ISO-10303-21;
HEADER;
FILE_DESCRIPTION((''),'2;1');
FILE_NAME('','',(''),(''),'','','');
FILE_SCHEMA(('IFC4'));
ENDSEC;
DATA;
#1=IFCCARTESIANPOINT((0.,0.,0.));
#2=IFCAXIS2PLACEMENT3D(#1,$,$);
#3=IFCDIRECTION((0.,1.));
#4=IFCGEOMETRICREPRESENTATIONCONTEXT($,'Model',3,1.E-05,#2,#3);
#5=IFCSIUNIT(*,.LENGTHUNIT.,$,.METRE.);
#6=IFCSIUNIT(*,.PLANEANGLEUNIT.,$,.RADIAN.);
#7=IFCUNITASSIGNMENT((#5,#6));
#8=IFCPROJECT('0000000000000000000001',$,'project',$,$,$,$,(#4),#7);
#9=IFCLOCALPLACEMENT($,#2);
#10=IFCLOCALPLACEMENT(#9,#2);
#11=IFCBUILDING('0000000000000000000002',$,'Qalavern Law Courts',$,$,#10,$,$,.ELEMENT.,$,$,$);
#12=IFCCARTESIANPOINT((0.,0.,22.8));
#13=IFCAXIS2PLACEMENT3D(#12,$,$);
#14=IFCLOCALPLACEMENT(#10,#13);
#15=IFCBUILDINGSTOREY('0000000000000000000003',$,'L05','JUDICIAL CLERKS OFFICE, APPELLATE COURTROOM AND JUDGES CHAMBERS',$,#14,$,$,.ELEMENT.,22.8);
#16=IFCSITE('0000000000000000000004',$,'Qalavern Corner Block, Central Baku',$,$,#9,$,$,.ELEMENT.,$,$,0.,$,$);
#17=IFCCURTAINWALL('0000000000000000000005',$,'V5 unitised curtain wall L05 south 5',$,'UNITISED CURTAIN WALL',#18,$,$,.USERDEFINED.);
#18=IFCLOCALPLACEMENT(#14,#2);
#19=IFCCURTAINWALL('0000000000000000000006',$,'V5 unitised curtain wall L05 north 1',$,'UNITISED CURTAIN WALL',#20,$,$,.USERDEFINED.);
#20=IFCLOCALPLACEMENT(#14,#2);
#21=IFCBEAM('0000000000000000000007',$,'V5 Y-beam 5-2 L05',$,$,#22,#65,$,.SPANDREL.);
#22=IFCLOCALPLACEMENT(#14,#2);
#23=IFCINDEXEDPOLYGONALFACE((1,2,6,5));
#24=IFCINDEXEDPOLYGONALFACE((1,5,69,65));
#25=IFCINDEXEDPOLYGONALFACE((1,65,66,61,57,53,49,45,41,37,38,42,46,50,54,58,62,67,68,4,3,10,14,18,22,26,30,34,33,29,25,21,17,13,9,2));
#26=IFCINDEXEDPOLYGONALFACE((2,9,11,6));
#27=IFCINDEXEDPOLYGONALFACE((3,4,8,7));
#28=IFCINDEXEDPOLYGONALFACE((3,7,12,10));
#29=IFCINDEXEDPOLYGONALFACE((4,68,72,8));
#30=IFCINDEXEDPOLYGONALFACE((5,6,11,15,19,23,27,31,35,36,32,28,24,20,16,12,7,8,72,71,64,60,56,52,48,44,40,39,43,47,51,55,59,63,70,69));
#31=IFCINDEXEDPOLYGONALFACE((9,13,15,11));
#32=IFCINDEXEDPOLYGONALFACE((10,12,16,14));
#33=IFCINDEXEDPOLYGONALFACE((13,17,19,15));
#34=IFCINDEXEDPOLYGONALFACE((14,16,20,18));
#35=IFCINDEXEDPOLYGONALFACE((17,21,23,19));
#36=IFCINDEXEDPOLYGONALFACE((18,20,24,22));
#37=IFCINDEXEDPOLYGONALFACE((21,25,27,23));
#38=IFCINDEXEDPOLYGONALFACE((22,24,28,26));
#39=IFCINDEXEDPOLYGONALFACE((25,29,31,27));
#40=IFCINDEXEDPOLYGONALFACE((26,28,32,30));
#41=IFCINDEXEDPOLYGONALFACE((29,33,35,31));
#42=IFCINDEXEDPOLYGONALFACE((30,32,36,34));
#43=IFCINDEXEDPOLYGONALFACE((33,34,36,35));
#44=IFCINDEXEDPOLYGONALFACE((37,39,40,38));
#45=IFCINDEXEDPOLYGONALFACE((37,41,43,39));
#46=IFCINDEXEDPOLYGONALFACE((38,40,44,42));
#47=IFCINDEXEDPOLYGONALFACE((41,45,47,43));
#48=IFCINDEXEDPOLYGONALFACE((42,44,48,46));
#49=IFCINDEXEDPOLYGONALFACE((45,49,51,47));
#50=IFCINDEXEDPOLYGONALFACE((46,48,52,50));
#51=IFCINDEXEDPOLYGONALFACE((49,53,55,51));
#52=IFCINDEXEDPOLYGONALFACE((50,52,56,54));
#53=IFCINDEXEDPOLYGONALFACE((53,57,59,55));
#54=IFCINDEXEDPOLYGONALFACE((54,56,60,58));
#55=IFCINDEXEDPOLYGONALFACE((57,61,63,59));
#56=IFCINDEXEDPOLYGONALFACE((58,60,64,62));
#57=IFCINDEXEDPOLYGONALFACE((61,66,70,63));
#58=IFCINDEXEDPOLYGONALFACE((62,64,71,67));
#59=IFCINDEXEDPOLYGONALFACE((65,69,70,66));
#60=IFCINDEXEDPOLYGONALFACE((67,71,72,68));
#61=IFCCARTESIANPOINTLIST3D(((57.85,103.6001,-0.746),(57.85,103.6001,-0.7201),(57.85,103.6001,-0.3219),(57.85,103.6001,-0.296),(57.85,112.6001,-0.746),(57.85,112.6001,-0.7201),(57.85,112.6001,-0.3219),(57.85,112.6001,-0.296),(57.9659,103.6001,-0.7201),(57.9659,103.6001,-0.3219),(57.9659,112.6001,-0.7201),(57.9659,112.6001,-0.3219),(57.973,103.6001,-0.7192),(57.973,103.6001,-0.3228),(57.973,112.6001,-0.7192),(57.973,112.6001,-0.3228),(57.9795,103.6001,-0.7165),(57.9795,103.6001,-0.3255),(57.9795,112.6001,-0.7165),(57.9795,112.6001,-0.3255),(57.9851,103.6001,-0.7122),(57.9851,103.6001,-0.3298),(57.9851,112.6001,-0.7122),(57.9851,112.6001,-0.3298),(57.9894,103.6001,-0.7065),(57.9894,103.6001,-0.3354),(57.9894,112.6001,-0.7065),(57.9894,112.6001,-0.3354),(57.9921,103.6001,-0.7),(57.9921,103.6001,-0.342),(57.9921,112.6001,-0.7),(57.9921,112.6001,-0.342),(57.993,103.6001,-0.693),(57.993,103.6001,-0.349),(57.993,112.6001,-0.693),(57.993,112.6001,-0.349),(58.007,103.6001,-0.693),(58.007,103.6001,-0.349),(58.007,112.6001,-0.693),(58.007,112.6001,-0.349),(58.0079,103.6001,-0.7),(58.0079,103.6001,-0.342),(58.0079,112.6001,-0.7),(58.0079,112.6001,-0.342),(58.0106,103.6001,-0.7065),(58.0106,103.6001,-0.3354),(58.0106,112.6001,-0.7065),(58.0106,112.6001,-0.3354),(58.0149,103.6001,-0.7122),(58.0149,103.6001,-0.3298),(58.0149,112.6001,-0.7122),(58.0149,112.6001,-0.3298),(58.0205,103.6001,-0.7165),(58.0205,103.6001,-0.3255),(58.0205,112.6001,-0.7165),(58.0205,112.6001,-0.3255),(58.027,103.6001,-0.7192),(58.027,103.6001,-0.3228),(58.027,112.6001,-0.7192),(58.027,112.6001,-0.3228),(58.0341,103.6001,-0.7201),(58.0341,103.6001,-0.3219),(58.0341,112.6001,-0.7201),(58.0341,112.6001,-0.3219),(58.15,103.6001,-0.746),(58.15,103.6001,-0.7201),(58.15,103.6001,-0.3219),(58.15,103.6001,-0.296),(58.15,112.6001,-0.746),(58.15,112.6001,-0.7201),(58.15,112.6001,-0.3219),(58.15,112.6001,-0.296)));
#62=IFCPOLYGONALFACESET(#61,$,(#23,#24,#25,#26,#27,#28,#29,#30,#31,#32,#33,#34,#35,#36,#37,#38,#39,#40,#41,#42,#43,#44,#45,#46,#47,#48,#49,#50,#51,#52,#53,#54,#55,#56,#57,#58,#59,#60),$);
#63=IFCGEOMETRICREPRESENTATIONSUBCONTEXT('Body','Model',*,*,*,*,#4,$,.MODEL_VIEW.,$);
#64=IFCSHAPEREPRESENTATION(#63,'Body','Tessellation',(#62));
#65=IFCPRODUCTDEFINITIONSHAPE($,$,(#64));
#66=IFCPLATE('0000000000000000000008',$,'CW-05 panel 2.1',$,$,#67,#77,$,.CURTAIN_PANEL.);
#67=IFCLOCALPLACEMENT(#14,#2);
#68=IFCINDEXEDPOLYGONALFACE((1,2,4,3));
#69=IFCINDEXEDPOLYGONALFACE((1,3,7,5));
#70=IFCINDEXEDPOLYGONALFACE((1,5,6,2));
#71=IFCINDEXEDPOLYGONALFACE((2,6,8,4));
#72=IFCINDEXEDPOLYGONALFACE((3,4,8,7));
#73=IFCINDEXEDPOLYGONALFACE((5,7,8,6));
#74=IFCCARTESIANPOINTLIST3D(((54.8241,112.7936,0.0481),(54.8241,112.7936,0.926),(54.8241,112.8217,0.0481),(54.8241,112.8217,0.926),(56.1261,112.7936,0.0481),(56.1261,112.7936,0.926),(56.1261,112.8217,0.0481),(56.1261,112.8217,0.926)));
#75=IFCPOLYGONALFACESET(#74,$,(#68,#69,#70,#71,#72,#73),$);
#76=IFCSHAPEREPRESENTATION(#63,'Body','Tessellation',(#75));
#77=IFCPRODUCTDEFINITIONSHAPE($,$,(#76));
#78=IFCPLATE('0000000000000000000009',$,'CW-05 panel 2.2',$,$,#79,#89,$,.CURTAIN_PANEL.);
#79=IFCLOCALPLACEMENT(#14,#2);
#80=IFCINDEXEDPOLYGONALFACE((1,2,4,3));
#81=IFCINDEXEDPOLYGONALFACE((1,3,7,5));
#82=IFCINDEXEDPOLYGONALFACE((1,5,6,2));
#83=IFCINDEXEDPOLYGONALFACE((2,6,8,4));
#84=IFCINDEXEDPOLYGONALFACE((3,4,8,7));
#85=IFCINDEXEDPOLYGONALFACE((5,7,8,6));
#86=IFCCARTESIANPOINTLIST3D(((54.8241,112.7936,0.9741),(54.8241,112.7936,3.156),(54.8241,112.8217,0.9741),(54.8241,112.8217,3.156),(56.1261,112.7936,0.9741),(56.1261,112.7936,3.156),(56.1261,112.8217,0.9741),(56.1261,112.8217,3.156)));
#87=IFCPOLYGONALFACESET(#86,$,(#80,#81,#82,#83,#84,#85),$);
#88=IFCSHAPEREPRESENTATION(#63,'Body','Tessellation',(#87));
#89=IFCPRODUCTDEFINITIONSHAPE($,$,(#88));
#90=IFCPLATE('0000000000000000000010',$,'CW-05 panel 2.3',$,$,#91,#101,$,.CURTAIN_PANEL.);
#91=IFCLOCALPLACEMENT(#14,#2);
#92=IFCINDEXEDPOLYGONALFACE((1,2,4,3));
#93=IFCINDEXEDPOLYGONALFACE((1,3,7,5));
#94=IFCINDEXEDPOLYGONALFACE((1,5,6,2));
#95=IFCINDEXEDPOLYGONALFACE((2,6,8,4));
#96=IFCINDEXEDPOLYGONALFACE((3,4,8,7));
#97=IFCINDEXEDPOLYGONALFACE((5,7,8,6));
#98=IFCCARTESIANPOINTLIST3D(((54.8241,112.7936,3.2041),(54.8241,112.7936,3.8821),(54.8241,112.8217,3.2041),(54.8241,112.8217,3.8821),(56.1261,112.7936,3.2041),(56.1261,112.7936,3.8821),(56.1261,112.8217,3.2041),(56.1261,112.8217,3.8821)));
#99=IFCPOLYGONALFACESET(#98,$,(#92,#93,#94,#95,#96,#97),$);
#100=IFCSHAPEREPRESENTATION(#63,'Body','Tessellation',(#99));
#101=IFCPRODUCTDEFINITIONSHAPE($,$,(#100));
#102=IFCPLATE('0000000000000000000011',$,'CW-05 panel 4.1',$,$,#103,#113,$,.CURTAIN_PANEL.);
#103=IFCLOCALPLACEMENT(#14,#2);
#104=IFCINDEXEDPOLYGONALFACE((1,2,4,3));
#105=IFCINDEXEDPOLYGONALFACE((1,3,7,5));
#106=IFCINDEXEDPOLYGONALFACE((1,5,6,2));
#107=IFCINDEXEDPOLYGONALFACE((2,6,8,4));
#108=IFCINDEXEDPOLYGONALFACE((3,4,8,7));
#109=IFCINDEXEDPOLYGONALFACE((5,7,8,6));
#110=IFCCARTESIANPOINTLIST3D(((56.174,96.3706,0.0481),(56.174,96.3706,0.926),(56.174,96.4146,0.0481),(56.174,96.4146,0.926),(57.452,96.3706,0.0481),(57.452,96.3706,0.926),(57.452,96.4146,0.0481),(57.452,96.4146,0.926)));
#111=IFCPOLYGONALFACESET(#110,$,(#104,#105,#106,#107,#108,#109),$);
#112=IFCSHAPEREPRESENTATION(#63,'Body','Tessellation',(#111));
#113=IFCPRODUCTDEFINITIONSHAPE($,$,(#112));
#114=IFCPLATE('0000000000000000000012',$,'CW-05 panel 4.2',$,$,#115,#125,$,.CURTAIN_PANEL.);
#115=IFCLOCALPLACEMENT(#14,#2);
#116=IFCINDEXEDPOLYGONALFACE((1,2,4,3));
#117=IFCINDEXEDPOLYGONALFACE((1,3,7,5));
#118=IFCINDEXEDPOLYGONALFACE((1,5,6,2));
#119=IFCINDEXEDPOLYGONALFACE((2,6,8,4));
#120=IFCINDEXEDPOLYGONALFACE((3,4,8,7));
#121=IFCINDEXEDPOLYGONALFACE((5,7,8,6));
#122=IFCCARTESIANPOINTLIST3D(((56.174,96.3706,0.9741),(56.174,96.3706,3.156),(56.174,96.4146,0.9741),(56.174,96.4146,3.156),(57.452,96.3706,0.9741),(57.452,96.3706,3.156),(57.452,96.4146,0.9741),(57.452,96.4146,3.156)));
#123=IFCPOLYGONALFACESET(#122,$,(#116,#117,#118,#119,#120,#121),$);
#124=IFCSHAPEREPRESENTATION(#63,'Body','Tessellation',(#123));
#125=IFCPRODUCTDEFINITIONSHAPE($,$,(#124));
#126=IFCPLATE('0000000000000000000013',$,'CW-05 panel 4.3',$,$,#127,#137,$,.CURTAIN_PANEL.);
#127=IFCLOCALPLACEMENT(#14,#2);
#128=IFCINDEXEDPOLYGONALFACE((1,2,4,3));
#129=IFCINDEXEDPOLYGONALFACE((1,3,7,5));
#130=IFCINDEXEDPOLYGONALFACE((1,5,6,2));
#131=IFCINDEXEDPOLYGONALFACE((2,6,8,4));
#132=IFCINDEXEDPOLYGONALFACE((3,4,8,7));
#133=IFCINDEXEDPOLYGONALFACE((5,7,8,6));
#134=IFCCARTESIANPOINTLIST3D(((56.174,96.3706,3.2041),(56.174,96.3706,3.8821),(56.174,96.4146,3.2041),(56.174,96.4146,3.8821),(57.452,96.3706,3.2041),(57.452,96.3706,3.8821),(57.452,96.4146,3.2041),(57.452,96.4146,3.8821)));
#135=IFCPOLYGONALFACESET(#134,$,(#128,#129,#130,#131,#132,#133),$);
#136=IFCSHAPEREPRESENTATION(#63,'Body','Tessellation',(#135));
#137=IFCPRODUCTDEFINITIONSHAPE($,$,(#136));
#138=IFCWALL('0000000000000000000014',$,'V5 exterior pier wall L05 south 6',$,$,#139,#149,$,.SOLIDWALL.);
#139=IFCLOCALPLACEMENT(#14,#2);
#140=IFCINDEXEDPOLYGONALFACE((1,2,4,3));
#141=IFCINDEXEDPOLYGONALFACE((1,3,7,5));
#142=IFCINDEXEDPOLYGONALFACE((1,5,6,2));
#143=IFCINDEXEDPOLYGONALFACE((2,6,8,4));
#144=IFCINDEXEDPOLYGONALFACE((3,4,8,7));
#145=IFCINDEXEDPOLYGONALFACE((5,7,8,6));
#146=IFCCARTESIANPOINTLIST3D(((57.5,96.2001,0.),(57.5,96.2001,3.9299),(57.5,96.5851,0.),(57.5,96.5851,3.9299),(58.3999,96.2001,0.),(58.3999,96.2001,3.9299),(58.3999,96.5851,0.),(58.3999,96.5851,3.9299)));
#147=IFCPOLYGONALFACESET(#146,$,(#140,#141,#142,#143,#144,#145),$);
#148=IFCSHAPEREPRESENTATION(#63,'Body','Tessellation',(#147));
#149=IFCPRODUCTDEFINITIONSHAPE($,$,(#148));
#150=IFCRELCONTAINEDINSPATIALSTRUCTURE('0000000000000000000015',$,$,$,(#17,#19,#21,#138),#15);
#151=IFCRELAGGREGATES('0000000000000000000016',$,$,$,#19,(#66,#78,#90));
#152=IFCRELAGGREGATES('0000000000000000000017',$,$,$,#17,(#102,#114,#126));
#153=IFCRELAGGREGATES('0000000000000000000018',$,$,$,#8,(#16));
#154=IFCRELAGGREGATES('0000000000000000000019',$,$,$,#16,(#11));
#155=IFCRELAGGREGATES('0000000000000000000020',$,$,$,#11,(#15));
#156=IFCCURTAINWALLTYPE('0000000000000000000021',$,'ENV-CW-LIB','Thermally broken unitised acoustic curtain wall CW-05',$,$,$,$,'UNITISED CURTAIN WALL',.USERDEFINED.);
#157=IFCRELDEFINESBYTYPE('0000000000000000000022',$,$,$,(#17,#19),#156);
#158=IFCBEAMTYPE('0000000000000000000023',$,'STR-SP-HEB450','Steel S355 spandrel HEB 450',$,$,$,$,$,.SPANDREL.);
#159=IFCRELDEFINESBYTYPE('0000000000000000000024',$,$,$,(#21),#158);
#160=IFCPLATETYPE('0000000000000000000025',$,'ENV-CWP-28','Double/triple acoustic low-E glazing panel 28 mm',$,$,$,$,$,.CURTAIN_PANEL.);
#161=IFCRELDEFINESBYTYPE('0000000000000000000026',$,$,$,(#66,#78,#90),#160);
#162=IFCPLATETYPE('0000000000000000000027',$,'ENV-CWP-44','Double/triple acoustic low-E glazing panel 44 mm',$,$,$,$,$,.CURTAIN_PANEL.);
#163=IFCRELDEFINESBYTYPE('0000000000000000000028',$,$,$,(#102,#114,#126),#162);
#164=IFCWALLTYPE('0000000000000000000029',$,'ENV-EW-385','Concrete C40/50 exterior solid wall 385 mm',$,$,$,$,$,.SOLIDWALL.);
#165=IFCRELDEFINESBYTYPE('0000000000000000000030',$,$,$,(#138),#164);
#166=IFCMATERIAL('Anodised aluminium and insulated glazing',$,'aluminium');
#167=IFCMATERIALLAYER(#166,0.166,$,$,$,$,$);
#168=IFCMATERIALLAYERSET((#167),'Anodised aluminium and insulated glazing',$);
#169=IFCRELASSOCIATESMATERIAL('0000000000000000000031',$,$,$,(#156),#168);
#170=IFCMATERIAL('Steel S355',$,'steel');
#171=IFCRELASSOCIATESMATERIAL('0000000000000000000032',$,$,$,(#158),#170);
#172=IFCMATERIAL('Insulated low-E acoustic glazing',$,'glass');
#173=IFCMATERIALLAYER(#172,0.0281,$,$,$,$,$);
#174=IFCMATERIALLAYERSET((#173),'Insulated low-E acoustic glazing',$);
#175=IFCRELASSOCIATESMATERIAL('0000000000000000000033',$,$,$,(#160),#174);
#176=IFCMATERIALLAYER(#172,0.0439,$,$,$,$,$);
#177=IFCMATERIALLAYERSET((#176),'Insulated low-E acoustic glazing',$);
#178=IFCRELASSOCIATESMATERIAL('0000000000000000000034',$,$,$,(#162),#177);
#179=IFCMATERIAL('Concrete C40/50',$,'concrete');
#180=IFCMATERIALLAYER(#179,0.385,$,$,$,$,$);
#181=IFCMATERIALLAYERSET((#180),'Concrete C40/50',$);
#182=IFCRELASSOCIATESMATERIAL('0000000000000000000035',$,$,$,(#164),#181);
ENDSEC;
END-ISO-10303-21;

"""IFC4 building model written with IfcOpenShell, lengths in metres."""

from ifc_helpers import new_model, si_unit, direction, frame, frame_2d, origin, origin_2d, place, context, subcontext, project, spatial, rectangle, i_section, extrude, material, layer, layer_set, material_profile, profile_set, type_object, element, aggregate, save


model = new_model("IFC4")

# Units and contexts
model_context = context("Model", 3, precision=1e-05, world=origin(), true_north=direction((0.0, 1.0)))
body_context = subcontext(model_context, "Body", "Model", "MODEL_VIEW")
ifc_project = project(units=[si_unit("LENGTHUNIT", "METRE"), si_unit("PLANEANGLEUNIT", "RADIAN")], contexts=[model_context])

# Site, building, storey
site_placement = place(None, origin())
site = spatial("IfcSite", under=ifc_project, at=site_placement, Name="Qalavern Corner Block, Central Baku", CompositionType="ELEMENT", RefElevation=0.0)
building_placement = place(site_placement, origin())
building = spatial("IfcBuilding", under=site, at=building_placement, Name="Qalavern Law Courts", CompositionType="ELEMENT")
storey_placement = place(building_placement, frame((0.0, 0.0, 22.8)))
storey = spatial("IfcBuildingStorey", under=building, at=storey_placement, Name="L05", Description="JUDICIAL CLERKS OFFICE, APPELLATE COURTROOM AND JUDGES CHAMBERS", CompositionType="ELEMENT", Elevation=22.8)

# Curtain wall
ifc_material_1 = material(Name="Anodised aluminium and insulated glazing", Category="aluminium")
ifc_layer_1 = layer(ifc_material_1, 0.166)
ifc_layer_set_1 = layer_set([ifc_layer_1], Name="Anodised aluminium and insulated glazing")
curtain_wall_type = type_object("IfcCurtainWallType", Name="ENV-CW-LIB", Description="Thermally broken unitised acoustic curtain wall CW-05", ElementType="UNITISED CURTAIN WALL", PredefinedType="USERDEFINED", material=ifc_layer_set_1)
curtain_wall_1_placement = place(storey_placement, origin())
curtain_wall_1 = element("IfcCurtainWall", 1, at=curtain_wall_1_placement, inside=storey, type_object=curtain_wall_type, Name="V5 unitised curtain wall L05 south 5", ObjectType="UNITISED CURTAIN WALL", PredefinedType="USERDEFINED")

# Curtain wall
curtain_wall_2_placement = place(storey_placement, origin())
curtain_wall_2 = element("IfcCurtainWall", 2, at=curtain_wall_2_placement, inside=storey, type_object=curtain_wall_type, Name="V5 unitised curtain wall L05 north 1", ObjectType="UNITISED CURTAIN WALL", PredefinedType="USERDEFINED")

# Beam
ifc_material_2 = material(Name="Steel S355", Category="steel")
ifc_material_profile_1 = material_profile(ifc_material_2, i_section(OverallWidth=0.3, OverallDepth=0.45, WebThickness=0.0139, FlangeThickness=0.0259, FilletRadius=0.0271, at=origin_2d()), Name="HEB 450")
ifc_profile_set_1 = profile_set([ifc_material_profile_1], Name="Steel S355")
beam_type = type_object("IfcBeamType", Name="STR-SP-HEB450", Description="Steel S355 spandrel HEB 450", PredefinedType="SPANDREL", material=ifc_profile_set_1)
beam_1_placement = place(storey_placement, frame((58.0, 103.6001, -0.521), z_axis=(0.0, 1.0, 0.0), x_axis=(-1.0, 0.0, 0.0)))
element("IfcBeam", 3, at=beam_1_placement, inside=storey, type_object=beam_type, Name="V5 Y-beam 5-2 L05", PredefinedType="SPANDREL", context=body_context, shape_type="SweptSolid", body=[
    extrude(i_section(OverallWidth=0.3, OverallDepth=0.45, WebThickness=0.0139, FlangeThickness=0.0259, FilletRadius=0.0271, at=origin_2d()), origin(), (0.0, 0.0, 1.0), 9.0),
])

# Plates
ifc_material_3 = material(Name="Insulated low-E acoustic glazing", Category="glass")
ifc_layer_2 = layer(ifc_material_3, 0.0281)
ifc_layer_set_2 = layer_set([ifc_layer_2], Name="Insulated low-E acoustic glazing")
plate_type_1 = type_object("IfcPlateType", Name="ENV-CWP-28", Description="Double/triple acoustic low-E glazing panel 28 mm", PredefinedType="CURTAIN_PANEL", material=ifc_layer_set_2)
plate_1_placement = place(storey_placement, frame((55.4751, 112.8076, 0.0481), z_axis=(0.0, 0.0, 1.0), x_axis=(-1.0, 0.0, 0.0)))
plate_1 = element("IfcPlate", 4, at=plate_1_placement, type_object=plate_type_1, Name="CW-05 panel 2.1", PredefinedType="CURTAIN_PANEL", context=body_context, shape_type="SweptSolid", body=[
    extrude(rectangle(XDim=1.302, YDim=0.0281, at=origin_2d()), origin(), (0.0, 0.0, 1.0), 0.8779),
])
plate_2_placement = place(storey_placement, frame((55.4751, 112.8076, 0.9741), z_axis=(0.0, 0.0, 1.0), x_axis=(-1.0, 0.0, 0.0)))
plate_2 = element("IfcPlate", 5, at=plate_2_placement, type_object=plate_type_1, Name="CW-05 panel 2.2", PredefinedType="CURTAIN_PANEL", context=body_context, shape_type="SweptSolid", body=[
    extrude(rectangle(XDim=1.302, YDim=0.0281, at=origin_2d()), origin(), (0.0, 0.0, 1.0), 2.1819),
])
plate_3_placement = place(storey_placement, frame((55.4751, 112.8076, 3.2041), z_axis=(0.0, 0.0, 1.0), x_axis=(-1.0, 0.0, 0.0)))
plate_3 = element("IfcPlate", 6, at=plate_3_placement, type_object=plate_type_1, Name="CW-05 panel 2.3", PredefinedType="CURTAIN_PANEL", context=body_context, shape_type="SweptSolid", body=[
    extrude(rectangle(XDim=1.302, YDim=0.0281, at=origin_2d()), origin(), (0.0, 0.0, 1.0), 0.678),
])
aggregate(curtain_wall_2, [plate_1, plate_2, plate_3])
ifc_layer_3 = layer(ifc_material_3, 0.0439)
ifc_layer_set_3 = layer_set([ifc_layer_3], Name="Insulated low-E acoustic glazing")
plate_type_2 = type_object("IfcPlateType", Name="ENV-CWP-44", Description="Double/triple acoustic low-E glazing panel 44 mm", PredefinedType="CURTAIN_PANEL", material=ifc_layer_set_3)
plate_4_placement = place(storey_placement, frame((56.813, 96.3926, 0.0481), z_axis=(0.0, 0.0, 1.0), x_axis=(1.0, 0.0, 0.0)))
plate_4 = element("IfcPlate", 7, at=plate_4_placement, type_object=plate_type_2, Name="CW-05 panel 4.1", PredefinedType="CURTAIN_PANEL", context=body_context, shape_type="SweptSolid", body=[
    extrude(rectangle(XDim=1.2781, YDim=0.0439, at=origin_2d()), origin(), (0.0, 0.0, 1.0), 0.8779),
])
plate_5_placement = place(storey_placement, frame((56.813, 96.3926, 0.9741), z_axis=(0.0, 0.0, 1.0), x_axis=(1.0, 0.0, 0.0)))
plate_5 = element("IfcPlate", 8, at=plate_5_placement, type_object=plate_type_2, Name="CW-05 panel 4.2", PredefinedType="CURTAIN_PANEL", context=body_context, shape_type="SweptSolid", body=[
    extrude(rectangle(XDim=1.2781, YDim=0.0439, at=origin_2d()), origin(), (0.0, 0.0, 1.0), 2.1819),
])
plate_6_placement = place(storey_placement, frame((56.813, 96.3926, 3.2041), z_axis=(0.0, 0.0, 1.0), x_axis=(1.0, 0.0, 0.0)))
plate_6 = element("IfcPlate", 9, at=plate_6_placement, type_object=plate_type_2, Name="CW-05 panel 4.3", PredefinedType="CURTAIN_PANEL", context=body_context, shape_type="SweptSolid", body=[
    extrude(rectangle(XDim=1.2781, YDim=0.0439, at=origin_2d()), origin(), (0.0, 0.0, 1.0), 0.678),
])
aggregate(curtain_wall_1, [plate_4, plate_5, plate_6])

# Wall
ifc_material_4 = material(Name="Concrete C40/50", Category="concrete")
ifc_layer_4 = layer(ifc_material_4, 0.385)
ifc_layer_set_4 = layer_set([ifc_layer_4], Name="Concrete C40/50")
wall_type = type_object("IfcWallType", Name="ENV-EW-385", Description="Concrete C40/50 exterior solid wall 385 mm", PredefinedType="SOLIDWALL", material=ifc_layer_set_4)
wall_1_placement = place(storey_placement, frame((57.5, 96.3926, 0.0), z_axis=(0.0, 0.0, 1.0), x_axis=(1.0, 0.0, 0.0)))
element("IfcWall", 10, at=wall_1_placement, inside=storey, type_object=wall_type, Name="V5 exterior pier wall L05 south 6", PredefinedType="SOLIDWALL", context=body_context, shape_type="SweptSolid", body=[
    extrude(rectangle(XDim=0.8999, YDim=0.385, at=frame_2d((0.45, 0.0))), origin(), (0.0, 0.0, 1.0), 3.9299),
])

save(model, "model.ifc")
